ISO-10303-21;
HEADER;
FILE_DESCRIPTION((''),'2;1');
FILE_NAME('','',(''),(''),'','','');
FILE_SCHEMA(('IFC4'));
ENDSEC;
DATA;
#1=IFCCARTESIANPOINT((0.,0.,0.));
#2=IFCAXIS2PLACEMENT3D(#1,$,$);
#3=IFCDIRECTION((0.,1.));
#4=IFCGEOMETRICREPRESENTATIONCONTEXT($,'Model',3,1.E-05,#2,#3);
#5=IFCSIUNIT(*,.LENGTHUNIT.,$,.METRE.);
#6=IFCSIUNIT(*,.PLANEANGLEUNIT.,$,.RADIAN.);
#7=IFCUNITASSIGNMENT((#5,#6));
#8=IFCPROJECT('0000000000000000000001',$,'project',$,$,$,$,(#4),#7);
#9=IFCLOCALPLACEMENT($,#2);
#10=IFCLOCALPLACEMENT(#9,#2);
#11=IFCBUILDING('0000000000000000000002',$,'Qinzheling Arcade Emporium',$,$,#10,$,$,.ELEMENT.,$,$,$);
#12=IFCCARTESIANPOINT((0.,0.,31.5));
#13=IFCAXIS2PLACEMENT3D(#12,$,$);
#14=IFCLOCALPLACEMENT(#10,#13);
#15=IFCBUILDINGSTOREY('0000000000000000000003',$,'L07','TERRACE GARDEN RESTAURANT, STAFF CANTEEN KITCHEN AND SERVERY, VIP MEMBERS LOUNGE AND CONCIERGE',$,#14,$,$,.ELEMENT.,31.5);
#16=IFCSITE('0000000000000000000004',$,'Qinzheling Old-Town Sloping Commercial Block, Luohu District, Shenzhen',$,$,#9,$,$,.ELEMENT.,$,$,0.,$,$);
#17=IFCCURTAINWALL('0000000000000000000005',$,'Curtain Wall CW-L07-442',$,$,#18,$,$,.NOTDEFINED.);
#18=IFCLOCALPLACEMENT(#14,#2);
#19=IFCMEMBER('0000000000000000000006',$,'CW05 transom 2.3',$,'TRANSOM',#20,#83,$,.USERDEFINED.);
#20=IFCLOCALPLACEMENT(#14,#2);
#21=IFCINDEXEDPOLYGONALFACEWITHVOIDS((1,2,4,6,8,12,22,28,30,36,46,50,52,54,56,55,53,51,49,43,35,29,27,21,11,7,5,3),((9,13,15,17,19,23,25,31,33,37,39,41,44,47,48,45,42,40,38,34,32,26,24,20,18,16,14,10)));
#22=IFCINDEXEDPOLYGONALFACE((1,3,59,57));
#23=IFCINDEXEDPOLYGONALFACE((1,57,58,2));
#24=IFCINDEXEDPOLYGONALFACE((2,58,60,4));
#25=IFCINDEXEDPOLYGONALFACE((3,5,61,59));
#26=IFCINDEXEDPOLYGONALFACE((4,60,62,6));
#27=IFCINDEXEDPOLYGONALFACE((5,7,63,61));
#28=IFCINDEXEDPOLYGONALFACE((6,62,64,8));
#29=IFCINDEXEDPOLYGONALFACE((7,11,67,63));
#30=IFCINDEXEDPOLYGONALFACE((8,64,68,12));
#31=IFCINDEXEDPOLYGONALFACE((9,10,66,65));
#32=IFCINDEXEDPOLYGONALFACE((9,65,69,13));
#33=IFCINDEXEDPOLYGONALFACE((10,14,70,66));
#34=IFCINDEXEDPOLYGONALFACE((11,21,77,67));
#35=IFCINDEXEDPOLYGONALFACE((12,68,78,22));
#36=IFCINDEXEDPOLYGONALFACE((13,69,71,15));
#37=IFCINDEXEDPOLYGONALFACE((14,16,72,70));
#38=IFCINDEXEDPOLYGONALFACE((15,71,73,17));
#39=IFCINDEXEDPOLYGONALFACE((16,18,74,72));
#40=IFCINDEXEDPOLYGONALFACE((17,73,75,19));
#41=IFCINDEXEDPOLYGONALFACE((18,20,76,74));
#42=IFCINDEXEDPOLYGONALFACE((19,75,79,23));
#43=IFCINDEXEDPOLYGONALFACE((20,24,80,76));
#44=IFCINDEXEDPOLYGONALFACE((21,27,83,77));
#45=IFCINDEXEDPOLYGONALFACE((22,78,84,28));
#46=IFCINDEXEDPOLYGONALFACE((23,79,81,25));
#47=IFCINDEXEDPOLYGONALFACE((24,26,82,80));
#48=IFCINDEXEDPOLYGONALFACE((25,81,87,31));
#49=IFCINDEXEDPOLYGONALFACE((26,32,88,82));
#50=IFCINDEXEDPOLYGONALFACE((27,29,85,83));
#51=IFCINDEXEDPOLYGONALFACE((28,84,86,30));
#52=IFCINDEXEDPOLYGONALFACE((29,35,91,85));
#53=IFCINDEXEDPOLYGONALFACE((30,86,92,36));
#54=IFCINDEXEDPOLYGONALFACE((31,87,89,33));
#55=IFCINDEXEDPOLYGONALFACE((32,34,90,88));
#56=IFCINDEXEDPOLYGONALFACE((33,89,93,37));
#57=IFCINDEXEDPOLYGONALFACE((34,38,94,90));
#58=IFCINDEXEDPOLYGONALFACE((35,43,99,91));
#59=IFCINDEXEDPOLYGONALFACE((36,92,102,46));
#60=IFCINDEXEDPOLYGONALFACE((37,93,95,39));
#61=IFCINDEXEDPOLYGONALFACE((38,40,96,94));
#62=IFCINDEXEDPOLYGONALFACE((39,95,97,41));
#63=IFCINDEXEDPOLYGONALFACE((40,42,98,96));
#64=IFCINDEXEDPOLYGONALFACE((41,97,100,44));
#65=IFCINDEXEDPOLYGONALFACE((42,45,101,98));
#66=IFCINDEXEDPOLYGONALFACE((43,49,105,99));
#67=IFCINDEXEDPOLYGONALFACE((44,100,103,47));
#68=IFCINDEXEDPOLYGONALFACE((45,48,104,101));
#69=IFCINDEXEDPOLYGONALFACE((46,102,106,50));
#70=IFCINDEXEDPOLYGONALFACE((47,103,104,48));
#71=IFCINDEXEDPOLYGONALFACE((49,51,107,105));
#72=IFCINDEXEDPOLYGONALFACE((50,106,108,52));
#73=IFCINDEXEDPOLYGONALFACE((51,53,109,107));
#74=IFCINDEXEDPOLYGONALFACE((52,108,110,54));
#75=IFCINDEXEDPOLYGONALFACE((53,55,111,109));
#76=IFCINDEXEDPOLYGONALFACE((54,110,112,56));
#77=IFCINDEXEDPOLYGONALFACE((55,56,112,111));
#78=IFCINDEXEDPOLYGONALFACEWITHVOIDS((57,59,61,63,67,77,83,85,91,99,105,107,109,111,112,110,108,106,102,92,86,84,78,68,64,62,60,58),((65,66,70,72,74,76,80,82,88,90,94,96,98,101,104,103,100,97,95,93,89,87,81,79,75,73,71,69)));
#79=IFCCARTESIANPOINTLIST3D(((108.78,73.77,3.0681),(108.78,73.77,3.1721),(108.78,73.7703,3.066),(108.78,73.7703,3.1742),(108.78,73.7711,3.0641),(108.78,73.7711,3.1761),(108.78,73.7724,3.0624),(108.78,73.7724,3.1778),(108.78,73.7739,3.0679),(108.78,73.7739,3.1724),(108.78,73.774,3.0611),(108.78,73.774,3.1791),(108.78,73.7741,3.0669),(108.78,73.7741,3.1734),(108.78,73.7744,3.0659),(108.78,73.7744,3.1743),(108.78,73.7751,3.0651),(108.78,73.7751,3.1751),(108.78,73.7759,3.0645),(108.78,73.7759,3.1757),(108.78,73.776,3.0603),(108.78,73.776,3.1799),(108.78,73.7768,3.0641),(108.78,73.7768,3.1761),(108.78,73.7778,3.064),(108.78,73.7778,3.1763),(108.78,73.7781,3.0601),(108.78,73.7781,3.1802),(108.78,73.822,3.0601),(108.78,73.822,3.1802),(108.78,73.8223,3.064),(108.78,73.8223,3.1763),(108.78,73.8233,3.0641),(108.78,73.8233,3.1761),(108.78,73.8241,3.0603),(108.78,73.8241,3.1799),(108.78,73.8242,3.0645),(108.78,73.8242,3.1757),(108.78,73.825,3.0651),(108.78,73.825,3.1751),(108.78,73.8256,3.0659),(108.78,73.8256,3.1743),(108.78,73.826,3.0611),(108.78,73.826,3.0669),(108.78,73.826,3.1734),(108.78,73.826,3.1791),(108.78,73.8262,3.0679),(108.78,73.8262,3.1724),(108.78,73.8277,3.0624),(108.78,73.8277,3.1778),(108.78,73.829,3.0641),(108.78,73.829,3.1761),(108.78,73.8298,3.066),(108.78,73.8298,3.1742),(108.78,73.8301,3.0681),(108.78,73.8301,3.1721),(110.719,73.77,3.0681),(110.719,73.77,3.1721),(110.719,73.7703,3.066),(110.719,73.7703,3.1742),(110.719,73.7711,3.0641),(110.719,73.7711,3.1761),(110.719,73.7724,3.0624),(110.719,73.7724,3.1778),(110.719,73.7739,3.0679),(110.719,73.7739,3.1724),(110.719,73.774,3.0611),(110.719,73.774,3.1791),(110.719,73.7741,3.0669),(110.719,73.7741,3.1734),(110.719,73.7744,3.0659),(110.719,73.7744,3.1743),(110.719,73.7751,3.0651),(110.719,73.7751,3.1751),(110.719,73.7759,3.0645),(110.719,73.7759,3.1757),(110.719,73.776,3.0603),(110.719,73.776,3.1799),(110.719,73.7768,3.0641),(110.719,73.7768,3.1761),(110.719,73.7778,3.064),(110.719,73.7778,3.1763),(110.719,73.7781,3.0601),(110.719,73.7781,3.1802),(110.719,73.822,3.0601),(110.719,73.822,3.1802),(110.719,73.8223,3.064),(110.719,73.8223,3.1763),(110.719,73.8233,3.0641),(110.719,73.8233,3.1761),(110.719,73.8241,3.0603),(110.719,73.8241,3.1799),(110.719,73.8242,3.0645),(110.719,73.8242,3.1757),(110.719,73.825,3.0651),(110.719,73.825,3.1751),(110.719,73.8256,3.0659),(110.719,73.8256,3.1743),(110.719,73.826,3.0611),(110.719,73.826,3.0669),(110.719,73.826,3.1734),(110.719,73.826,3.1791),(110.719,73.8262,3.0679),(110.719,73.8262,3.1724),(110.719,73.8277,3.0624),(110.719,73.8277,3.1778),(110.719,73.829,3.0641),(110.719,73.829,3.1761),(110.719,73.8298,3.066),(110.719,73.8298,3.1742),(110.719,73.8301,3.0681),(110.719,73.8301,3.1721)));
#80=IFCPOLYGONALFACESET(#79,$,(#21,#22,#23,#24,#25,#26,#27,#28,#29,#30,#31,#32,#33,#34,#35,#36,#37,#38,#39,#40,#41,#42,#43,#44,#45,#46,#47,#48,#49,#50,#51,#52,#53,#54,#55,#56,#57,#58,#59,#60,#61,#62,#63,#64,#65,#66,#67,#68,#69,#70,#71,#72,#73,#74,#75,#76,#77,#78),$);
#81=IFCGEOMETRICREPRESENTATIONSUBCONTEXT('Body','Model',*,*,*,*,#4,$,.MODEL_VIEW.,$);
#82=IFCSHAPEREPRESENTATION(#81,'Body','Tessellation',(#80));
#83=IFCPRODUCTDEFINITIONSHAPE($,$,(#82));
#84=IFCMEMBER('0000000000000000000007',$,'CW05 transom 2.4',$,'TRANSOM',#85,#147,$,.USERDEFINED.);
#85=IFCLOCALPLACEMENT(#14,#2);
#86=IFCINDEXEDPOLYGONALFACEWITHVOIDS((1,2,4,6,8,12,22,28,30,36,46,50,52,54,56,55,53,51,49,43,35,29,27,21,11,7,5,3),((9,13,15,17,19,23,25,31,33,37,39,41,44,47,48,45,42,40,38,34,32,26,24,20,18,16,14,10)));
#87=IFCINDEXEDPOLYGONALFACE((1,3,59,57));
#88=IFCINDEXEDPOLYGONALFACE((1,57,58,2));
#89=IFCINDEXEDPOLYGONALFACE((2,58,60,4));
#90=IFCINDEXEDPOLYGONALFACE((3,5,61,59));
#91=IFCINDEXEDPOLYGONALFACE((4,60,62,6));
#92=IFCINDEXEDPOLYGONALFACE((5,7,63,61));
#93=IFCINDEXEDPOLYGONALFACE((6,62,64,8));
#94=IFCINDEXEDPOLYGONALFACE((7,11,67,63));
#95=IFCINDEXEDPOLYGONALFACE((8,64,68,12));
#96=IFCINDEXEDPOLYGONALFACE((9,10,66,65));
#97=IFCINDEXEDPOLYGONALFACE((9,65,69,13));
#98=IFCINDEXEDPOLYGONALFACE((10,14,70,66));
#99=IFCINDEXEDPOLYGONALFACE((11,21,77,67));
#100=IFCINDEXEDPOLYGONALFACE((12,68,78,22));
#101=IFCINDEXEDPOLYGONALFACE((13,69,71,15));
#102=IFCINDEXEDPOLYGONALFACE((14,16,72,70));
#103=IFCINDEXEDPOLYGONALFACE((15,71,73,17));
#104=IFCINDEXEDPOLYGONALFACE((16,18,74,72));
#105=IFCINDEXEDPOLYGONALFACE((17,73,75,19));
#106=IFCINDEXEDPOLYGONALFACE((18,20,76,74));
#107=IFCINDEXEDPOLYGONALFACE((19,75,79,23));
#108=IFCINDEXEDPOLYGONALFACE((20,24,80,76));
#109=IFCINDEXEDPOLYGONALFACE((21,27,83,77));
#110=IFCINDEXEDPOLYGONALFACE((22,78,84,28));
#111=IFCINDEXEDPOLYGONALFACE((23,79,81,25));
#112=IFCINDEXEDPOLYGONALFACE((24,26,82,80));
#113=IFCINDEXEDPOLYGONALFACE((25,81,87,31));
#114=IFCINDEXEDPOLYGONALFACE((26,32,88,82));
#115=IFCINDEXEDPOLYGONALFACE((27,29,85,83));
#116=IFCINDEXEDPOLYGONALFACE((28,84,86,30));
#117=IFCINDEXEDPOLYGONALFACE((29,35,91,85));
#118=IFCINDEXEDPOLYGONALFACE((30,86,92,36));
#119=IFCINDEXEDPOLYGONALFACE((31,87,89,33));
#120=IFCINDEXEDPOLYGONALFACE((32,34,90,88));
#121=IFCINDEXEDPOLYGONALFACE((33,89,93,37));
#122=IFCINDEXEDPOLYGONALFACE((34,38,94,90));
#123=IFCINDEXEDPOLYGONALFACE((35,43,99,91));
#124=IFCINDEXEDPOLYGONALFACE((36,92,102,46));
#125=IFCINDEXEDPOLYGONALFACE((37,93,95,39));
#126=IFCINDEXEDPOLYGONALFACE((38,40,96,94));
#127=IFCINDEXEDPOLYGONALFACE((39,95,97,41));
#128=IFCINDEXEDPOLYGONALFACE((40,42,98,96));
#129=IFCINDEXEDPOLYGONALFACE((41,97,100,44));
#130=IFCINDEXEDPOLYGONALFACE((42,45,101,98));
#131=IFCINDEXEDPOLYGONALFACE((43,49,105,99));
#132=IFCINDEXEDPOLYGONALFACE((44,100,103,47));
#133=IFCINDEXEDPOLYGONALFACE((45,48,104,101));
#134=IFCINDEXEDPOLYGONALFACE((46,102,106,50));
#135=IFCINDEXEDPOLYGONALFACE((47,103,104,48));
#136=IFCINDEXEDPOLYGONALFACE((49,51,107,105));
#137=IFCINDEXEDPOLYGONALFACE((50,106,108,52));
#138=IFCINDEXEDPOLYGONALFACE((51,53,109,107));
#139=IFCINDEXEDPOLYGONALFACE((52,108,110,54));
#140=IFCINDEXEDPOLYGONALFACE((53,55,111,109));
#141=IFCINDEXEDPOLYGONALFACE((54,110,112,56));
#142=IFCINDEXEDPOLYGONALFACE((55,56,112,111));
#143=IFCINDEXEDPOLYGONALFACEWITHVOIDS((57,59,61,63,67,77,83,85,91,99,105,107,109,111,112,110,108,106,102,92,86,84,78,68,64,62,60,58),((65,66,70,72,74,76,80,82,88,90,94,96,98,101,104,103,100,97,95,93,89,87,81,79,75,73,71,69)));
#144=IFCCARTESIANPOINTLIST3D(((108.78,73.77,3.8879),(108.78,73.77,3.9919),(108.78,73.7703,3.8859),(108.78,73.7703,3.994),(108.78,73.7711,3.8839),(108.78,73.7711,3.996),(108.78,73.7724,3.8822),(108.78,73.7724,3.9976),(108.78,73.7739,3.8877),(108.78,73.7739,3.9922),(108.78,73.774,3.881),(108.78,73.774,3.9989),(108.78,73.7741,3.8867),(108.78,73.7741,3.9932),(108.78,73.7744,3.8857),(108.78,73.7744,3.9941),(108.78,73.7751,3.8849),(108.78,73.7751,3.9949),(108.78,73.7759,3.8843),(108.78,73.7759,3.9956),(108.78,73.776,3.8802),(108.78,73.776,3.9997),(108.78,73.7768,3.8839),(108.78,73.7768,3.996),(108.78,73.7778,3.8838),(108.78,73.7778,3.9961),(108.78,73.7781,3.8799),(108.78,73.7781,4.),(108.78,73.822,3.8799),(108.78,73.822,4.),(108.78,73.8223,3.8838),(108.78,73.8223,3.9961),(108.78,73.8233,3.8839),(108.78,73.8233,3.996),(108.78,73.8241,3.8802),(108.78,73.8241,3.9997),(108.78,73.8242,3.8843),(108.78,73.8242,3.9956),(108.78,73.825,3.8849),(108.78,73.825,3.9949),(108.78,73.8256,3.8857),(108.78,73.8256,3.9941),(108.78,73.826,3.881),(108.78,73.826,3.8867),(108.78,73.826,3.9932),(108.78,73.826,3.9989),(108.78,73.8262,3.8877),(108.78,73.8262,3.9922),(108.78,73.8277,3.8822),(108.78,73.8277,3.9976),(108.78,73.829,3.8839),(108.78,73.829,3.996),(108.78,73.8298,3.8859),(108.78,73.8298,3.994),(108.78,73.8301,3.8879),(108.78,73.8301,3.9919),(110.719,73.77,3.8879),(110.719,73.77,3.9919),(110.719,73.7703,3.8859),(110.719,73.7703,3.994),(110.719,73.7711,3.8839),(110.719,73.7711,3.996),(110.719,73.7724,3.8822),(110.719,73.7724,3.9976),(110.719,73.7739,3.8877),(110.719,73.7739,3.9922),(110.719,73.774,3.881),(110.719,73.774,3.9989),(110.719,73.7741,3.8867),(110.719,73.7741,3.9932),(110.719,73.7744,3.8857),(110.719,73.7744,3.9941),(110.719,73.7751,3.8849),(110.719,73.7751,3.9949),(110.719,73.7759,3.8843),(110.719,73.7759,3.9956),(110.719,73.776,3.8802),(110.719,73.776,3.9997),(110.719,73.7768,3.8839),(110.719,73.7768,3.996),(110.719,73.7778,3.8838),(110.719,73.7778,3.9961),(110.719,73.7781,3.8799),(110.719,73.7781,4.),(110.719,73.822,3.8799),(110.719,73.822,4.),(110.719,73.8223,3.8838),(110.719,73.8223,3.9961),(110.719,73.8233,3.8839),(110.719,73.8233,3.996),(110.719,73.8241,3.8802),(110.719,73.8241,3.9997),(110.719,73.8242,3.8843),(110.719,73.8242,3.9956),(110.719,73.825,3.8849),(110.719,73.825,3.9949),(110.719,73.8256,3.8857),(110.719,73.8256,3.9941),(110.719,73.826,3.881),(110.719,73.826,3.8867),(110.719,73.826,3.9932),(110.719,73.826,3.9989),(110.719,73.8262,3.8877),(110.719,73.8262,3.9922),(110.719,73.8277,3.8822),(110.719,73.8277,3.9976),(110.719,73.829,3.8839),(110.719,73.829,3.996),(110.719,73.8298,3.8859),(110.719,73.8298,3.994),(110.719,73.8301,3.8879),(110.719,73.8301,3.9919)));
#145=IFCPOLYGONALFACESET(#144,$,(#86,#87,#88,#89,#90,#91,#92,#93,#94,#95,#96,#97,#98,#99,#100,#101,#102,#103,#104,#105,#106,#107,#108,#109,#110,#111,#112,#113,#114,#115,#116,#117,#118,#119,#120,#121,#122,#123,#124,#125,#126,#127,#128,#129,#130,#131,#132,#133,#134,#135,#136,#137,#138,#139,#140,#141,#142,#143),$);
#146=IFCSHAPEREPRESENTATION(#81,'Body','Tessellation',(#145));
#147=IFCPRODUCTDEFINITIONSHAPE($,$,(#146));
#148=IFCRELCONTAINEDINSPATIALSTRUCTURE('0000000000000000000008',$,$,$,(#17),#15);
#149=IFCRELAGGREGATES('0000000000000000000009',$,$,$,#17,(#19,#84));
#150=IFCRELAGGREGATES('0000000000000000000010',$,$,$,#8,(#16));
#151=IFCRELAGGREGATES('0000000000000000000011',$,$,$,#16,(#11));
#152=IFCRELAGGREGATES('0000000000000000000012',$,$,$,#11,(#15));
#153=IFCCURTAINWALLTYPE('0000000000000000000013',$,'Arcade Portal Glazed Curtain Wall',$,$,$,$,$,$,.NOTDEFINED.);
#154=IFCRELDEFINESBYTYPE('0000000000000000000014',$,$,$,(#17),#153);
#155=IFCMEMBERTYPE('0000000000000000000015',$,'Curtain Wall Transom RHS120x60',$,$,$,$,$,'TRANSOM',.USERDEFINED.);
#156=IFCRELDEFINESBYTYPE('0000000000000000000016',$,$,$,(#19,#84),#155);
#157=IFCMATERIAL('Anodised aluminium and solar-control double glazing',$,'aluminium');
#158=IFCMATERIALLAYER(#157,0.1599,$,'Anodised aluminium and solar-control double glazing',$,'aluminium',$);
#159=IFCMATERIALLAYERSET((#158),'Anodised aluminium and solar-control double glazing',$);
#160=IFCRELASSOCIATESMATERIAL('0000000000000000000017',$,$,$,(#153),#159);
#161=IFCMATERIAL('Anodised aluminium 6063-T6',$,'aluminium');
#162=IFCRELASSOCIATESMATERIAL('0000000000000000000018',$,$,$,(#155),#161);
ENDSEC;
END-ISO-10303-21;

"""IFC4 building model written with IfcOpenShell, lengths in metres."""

from ifc_helpers import new_model, si_unit, direction, frame, origin, origin_2d, place, context, subcontext, project, spatial, hollow_rectangle, extrude, material, layer, layer_set, material_profile, profile_set, type_object, element, aggregate, save


model = new_model("IFC4")

# Units and contexts
model_context = context("Model", 3, precision=1e-05, world=origin(), true_north=direction((0.0, 1.0)))
body_context = subcontext(model_context, "Body", "Model", "MODEL_VIEW")
ifc_project = project(units=[si_unit("LENGTHUNIT", "METRE"), si_unit("PLANEANGLEUNIT", "RADIAN")], contexts=[model_context])

# Site, building, storey
site_placement = place(None, origin())
site = spatial("IfcSite", under=ifc_project, at=site_placement, Name="Qinzheling Old-Town Sloping Commercial Block, Luohu District, Shenzhen", CompositionType="ELEMENT", RefElevation=0.0)
building_placement = place(site_placement, origin())
building = spatial("IfcBuilding", under=site, at=building_placement, Name="Qinzheling Arcade Emporium", CompositionType="ELEMENT")
storey_placement = place(building_placement, frame((0.0, 0.0, 31.5)))
storey = spatial("IfcBuildingStorey", under=building, at=storey_placement, Name="L07", Description="TERRACE GARDEN RESTAURANT, STAFF CANTEEN KITCHEN AND SERVERY, VIP MEMBERS LOUNGE AND CONCIERGE", CompositionType="ELEMENT", Elevation=31.5)

# Shared definitions
ifc_material_1 = material(Name="Anodised aluminium and solar-control double glazing", Category="aluminium")
ifc_layer_1 = layer(ifc_material_1, 0.1599, Name="Anodised aluminium and solar-control double glazing", Category="aluminium")
ifc_layer_set_1 = layer_set([ifc_layer_1], Name="Anodised aluminium and solar-control double glazing")
curtain_wall_type = type_object("IfcCurtainWallType", Name="Arcade Portal Glazed Curtain Wall", PredefinedType="NOTDEFINED", material=ifc_layer_set_1)
ifc_material_2 = material(Name="Anodised aluminium 6063-T6", Category="aluminium")

# Curtain wall, members
curtain_wall_1_placement = place(storey_placement, origin())
curtain_wall_1 = element("IfcCurtainWall", 1, at=curtain_wall_1_placement, inside=storey, type_object=curtain_wall_type, Name="Curtain Wall CW-L07-442", PredefinedType="NOTDEFINED")
ifc_material_profile_1 = material_profile(ifc_material_2, hollow_rectangle(XDim=0.0601, YDim=0.1201, WallThickness=0.0039, InnerFilletRadius=0.0039, OuterFilletRadius=0.0081, at=origin_2d()), Name="RHS 120x60x4", Category="aluminium")
ifc_profile_set_1 = profile_set([ifc_material_profile_1], Name="Anodised aluminium 6063-T6")
member_type_1 = type_object("IfcMemberType", Name="Curtain Wall Transom RHS120x60", ElementType="TRANSOM", PredefinedType="USERDEFINED", material=ifc_profile_set_1)
member_1_placement = place(storey_placement, frame((110.719, 73.8, 3.1201), z_axis=(-1.0, 0.0, 0.0), x_axis=(0.0, -1.0, 0.0)))
member_1 = element("IfcMember", 2, at=member_1_placement, type_object=member_type_1, Name="CW05 transom 2.3", ObjectType="TRANSOM", PredefinedType="USERDEFINED", context=body_context, shape_type="SweptSolid", body=[
    extrude(hollow_rectangle(XDim=0.0601, YDim=0.1201, WallThickness=0.0039, InnerFilletRadius=0.0039, OuterFilletRadius=0.0081, at=origin_2d()), origin(), (0.0, 0.0, 1.0), 1.939),
])
member_2_placement = place(storey_placement, frame((110.719, 73.8, 3.9399), z_axis=(-1.0, 0.0, 0.0), x_axis=(0.0, -1.0, 0.0)))
member_2 = element("IfcMember", 3, at=member_2_placement, type_object=member_type_1, Name="CW05 transom 2.4", ObjectType="TRANSOM", PredefinedType="USERDEFINED", context=body_context, shape_type="SweptSolid", body=[
    extrude(hollow_rectangle(XDim=0.0601, YDim=0.1201, WallThickness=0.0039, InnerFilletRadius=0.0039, OuterFilletRadius=0.0081, at=origin_2d()), origin(), (0.0, 0.0, 1.0), 1.939),
])

aggregate(curtain_wall_1, [member_1, member_2])

save(model, "model.ifc")
